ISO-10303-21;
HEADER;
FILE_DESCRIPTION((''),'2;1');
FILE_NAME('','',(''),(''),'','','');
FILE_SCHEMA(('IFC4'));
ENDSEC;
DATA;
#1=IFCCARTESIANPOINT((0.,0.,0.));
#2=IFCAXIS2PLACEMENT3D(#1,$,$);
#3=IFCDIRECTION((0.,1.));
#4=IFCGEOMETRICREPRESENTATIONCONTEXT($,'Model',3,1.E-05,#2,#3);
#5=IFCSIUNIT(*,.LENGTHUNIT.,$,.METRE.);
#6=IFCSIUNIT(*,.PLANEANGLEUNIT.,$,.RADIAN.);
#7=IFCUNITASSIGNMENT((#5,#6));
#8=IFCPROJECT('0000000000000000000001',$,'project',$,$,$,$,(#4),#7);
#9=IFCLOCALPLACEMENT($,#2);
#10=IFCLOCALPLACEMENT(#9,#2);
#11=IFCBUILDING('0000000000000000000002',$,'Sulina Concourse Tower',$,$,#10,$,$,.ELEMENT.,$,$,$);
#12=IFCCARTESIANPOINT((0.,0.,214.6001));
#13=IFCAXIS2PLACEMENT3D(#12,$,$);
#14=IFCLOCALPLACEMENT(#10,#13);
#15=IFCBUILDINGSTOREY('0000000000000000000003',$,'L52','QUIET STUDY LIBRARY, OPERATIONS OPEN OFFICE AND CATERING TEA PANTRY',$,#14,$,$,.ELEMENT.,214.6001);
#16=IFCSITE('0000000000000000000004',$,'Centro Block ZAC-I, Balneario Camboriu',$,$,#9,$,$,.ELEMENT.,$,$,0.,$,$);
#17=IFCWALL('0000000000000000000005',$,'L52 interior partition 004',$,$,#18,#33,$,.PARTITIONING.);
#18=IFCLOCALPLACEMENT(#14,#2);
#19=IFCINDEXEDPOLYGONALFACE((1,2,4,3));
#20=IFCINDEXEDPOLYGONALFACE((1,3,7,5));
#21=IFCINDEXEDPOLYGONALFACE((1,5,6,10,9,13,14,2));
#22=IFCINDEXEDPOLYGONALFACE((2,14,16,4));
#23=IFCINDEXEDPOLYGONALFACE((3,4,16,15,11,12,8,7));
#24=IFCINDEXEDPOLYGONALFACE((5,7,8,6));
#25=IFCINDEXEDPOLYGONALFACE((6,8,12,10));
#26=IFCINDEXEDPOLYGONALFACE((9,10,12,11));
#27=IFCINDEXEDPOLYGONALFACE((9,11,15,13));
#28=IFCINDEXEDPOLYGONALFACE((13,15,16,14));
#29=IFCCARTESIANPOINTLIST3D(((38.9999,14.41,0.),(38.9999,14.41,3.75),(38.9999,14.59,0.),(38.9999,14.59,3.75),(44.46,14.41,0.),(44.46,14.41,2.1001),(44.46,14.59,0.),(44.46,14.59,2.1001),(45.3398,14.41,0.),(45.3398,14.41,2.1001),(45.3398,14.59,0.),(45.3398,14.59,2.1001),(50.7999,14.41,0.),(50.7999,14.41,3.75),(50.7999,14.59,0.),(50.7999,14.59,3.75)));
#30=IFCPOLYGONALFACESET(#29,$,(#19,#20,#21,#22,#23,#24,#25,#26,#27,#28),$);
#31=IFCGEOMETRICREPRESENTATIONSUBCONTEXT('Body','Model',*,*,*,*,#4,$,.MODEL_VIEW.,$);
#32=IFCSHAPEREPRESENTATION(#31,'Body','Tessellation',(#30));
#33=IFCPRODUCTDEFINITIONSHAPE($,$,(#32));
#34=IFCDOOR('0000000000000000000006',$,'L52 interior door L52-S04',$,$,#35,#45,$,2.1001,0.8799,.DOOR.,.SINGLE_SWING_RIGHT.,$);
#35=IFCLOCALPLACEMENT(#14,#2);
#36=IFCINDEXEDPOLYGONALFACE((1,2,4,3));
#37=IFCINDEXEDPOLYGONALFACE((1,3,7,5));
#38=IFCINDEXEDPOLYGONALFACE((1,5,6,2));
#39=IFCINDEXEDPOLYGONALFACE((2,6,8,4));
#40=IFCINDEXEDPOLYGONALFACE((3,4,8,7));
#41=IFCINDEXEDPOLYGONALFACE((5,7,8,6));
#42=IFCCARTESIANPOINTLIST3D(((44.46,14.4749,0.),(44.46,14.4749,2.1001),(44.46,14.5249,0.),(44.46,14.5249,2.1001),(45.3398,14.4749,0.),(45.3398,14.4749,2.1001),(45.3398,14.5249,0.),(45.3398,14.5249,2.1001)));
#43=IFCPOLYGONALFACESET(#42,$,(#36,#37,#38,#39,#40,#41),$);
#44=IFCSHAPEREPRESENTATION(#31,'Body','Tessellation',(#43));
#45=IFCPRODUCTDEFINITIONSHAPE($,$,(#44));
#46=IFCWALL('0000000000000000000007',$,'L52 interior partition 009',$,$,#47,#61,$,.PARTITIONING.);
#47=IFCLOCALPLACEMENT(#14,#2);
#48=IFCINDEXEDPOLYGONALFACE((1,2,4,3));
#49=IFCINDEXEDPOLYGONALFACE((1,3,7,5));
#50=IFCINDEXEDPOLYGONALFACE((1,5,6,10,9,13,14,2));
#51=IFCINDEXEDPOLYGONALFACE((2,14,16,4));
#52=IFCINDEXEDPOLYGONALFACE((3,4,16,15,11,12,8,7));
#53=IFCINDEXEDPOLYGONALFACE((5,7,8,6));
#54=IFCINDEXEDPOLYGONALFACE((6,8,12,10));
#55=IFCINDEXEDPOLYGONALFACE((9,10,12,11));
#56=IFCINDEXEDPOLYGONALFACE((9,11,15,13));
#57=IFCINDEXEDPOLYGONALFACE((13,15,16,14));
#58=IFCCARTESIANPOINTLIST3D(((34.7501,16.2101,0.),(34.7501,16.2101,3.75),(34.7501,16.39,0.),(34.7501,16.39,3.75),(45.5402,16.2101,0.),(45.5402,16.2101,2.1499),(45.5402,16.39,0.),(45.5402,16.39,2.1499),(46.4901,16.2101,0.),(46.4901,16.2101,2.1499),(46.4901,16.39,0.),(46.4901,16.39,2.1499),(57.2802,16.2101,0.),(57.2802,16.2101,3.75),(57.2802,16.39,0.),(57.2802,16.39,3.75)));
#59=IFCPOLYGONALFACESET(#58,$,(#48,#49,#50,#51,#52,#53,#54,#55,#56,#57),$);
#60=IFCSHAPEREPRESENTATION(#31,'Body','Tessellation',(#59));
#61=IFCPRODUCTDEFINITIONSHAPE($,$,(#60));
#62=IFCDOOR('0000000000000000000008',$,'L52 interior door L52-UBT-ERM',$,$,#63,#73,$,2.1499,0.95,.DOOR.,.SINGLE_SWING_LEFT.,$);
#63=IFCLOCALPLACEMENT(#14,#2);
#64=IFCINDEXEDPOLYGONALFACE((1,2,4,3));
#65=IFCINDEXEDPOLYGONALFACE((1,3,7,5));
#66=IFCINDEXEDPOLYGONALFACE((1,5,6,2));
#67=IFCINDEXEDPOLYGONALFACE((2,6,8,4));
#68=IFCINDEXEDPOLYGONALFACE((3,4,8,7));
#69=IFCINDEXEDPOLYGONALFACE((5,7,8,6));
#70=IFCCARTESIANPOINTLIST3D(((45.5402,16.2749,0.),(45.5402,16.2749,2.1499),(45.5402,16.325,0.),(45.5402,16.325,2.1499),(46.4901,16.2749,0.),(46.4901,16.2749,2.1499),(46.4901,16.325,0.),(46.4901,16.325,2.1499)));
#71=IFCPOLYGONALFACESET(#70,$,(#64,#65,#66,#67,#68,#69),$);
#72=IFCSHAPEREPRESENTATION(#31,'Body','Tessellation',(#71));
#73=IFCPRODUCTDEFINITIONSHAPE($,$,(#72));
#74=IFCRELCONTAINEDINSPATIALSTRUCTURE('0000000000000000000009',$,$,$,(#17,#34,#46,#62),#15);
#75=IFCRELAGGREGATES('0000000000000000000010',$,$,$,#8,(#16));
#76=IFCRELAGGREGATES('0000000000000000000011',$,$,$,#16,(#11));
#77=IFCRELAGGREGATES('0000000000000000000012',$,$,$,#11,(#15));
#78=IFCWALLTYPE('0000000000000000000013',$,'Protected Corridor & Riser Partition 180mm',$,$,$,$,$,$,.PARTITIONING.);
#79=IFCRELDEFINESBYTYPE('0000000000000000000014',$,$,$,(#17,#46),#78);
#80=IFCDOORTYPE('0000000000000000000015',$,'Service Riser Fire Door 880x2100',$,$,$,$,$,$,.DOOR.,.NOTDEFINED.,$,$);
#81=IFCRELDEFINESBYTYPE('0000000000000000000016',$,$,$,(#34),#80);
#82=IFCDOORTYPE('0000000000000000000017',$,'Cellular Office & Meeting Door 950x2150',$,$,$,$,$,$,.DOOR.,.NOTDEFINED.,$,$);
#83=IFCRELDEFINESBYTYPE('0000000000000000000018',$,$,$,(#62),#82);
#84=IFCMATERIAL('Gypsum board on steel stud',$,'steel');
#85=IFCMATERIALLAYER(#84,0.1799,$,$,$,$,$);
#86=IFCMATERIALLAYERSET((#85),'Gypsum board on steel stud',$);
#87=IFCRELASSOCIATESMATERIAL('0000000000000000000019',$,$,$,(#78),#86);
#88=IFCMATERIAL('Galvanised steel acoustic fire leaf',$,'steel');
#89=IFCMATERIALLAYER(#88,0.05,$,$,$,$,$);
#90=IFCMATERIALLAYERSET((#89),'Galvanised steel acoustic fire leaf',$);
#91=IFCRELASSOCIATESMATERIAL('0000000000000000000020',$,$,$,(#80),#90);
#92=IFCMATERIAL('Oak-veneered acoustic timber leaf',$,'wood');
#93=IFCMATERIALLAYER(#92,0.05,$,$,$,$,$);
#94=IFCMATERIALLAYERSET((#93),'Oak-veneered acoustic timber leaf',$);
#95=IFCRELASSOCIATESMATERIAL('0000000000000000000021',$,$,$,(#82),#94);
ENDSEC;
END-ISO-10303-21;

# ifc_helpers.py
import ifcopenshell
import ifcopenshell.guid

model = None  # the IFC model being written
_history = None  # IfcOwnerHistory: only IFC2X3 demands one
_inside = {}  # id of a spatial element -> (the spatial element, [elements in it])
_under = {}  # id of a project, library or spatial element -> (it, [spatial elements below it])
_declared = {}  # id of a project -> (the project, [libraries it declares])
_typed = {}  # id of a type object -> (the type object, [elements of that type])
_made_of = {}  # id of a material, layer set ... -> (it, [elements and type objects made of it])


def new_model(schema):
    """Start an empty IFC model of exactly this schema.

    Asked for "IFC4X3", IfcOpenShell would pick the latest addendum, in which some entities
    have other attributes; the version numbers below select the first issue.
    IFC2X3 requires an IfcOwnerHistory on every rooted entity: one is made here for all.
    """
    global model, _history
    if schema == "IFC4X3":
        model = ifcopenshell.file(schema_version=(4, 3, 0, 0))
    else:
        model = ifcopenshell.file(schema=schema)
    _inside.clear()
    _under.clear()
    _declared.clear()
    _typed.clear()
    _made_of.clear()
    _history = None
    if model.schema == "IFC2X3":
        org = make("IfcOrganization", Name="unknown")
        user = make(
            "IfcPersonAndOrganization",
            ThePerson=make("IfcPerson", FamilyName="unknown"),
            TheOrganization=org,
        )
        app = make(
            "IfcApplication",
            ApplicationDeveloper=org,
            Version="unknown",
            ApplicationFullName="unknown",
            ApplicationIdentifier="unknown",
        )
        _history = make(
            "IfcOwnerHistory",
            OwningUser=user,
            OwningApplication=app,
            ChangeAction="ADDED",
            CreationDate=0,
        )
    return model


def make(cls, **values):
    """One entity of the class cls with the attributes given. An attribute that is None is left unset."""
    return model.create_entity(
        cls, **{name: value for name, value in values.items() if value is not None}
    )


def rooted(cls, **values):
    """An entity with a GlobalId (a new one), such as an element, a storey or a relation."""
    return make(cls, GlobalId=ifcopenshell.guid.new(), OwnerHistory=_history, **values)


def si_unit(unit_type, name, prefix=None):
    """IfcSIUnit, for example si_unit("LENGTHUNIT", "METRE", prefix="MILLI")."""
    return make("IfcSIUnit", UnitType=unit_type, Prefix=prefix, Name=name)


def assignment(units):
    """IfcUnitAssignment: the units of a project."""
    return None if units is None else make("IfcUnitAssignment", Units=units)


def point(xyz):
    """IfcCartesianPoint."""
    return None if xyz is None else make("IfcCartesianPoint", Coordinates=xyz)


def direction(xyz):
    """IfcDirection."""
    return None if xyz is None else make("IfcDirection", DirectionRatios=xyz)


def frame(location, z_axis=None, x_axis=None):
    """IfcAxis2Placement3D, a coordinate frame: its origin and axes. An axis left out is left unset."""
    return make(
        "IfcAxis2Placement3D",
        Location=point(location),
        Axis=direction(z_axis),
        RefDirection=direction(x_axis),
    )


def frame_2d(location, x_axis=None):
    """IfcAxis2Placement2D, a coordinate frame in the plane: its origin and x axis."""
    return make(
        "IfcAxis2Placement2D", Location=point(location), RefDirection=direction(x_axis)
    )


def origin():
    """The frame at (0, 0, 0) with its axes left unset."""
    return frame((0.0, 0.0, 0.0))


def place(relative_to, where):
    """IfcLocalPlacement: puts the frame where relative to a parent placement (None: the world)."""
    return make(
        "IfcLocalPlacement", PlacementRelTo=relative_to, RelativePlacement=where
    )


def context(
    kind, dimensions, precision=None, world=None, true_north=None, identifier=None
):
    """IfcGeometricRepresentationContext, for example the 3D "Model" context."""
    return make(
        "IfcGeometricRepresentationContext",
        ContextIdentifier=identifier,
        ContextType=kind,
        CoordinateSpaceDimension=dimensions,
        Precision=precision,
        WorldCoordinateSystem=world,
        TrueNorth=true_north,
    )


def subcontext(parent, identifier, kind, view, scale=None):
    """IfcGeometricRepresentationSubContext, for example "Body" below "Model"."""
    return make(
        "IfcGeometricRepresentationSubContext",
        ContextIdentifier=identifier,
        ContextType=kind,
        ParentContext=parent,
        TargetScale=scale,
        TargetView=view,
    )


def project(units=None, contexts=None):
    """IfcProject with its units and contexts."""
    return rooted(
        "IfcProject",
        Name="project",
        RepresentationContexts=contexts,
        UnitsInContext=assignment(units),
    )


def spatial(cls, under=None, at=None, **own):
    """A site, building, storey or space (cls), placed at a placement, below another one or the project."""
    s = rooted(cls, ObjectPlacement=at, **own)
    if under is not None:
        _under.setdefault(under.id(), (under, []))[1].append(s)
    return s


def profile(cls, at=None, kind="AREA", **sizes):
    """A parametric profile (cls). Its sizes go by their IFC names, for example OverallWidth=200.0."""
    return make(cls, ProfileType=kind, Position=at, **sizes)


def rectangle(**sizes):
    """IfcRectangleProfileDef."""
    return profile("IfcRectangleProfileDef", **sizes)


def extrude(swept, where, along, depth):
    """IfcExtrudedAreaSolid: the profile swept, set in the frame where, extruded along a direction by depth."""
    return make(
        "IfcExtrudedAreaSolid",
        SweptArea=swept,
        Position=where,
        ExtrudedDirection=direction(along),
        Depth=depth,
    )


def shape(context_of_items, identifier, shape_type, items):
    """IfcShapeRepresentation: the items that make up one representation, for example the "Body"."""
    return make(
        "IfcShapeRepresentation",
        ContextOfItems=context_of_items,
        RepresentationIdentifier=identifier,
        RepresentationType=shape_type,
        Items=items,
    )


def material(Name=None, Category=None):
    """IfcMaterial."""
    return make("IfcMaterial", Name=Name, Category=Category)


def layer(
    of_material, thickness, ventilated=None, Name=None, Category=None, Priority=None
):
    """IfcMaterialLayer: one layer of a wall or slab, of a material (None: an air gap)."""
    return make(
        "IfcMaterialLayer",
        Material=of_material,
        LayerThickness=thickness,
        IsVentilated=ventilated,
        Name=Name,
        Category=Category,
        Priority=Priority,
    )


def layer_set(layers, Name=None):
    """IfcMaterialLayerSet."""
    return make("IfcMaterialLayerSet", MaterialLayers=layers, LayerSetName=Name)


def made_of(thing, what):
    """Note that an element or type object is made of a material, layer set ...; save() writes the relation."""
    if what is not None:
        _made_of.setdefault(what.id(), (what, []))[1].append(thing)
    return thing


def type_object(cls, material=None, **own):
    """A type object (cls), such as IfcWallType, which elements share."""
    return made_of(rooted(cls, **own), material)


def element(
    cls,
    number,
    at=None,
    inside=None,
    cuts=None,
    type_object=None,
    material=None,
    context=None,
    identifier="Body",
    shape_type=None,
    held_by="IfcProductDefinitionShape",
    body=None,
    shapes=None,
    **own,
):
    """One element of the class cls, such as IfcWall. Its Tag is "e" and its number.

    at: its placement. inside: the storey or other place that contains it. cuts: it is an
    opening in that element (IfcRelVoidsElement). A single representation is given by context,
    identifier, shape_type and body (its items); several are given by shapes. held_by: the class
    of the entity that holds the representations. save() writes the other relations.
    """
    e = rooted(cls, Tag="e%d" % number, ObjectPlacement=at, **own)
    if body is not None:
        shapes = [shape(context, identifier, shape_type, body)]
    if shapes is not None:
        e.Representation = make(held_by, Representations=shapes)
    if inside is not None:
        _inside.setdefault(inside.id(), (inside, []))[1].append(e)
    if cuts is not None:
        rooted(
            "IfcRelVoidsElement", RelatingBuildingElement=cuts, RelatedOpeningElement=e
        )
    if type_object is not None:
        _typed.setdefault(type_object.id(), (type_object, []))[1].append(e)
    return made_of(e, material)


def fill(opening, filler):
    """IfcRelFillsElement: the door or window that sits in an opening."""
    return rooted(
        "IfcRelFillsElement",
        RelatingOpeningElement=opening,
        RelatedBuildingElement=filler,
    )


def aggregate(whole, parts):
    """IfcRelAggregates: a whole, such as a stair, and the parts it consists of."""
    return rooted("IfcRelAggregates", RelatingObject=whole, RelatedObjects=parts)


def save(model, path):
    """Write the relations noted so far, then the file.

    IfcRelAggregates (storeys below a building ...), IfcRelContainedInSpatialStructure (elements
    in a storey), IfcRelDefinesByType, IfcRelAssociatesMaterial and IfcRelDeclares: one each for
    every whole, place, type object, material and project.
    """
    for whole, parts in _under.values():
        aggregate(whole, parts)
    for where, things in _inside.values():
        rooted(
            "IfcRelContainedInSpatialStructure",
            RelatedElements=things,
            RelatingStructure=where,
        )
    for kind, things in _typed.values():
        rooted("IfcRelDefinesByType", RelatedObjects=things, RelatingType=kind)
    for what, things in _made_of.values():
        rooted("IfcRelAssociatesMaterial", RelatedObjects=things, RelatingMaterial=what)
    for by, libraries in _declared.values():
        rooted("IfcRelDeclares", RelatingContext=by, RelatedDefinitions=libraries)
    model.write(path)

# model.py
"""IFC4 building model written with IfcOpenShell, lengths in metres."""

from ifc_helpers import new_model, si_unit, direction, frame, frame_2d, origin, place, context, subcontext, project, spatial, rectangle, extrude, material, layer, layer_set, type_object, element, fill, save


model = new_model("IFC4")

# Units and contexts
model_context = context("Model", 3, precision=1e-05, world=origin(), true_north=direction((0.0, 1.0)))
body_context = subcontext(model_context, "Body", "Model", "MODEL_VIEW")
ifc_project = project(units=[si_unit("LENGTHUNIT", "METRE"), si_unit("PLANEANGLEUNIT", "RADIAN")], contexts=[model_context])

# Site, building, storey
site_placement = place(None, origin())
site = spatial("IfcSite", under=ifc_project, at=site_placement, Name="Centro Block ZAC-I, Balneario Camboriu", CompositionType="ELEMENT", RefElevation=0.0)
building_placement = place(site_placement, origin())
building = spatial("IfcBuilding", under=site, at=building_placement, Name="Sulina Concourse Tower", CompositionType="ELEMENT")
storey_placement = place(building_placement, frame((0.0, 0.0, 214.6001)))
storey = spatial("IfcBuildingStorey", under=building, at=storey_placement, Name="L52", Description="QUIET STUDY LIBRARY, OPERATIONS OPEN OFFICE AND CATERING TEA PANTRY", CompositionType="ELEMENT", Elevation=214.6001)

# Walls, openings, doors
ifc_material_1 = material(Name="Gypsum board on steel stud", Category="steel")
ifc_layer_1 = layer(ifc_material_1, 0.1799)
ifc_layer_set_1 = layer_set([ifc_layer_1], Name="Gypsum board on steel stud")
wall_type_1 = type_object("IfcWallType", Name="Protected Corridor & Riser Partition 180mm", PredefinedType="PARTITIONING", material=ifc_layer_set_1)
wall_1_placement = place(storey_placement, frame((39.0, 14.5, 0.0), z_axis=(0.0, 0.0, 1.0), x_axis=(1.0, 0.0, 0.0)))
wall_1 = element("IfcWall", 1, at=wall_1_placement, inside=storey, type_object=wall_type_1, Name="L52 interior partition 004", PredefinedType="PARTITIONING", context=body_context, shape_type="SweptSolid", body=[
    extrude(rectangle(XDim=11.8, YDim=0.1799, at=frame_2d((5.8999, 0.0))), origin(), (0.0, 0.0, 1.0), 3.75),
])
opening_1_placement = place(wall_1_placement, frame((5.46, 0.0, 0.0)))
opening_1 = element("IfcOpeningElement", 2, at=opening_1_placement, cuts=wall_1, PredefinedType="OPENING", context=body_context, shape_type="SweptSolid", body=[
    extrude(rectangle(XDim=0.8799, YDim=2.1001, at=frame_2d((0.4399, 1.05))), frame((0.0, 0.0999, 0.0), z_axis=(0.0, -1.0, 0.0), x_axis=(1.0, 0.0, 0.0)), (0.0, 0.0, 1.0), 0.2),
])
ifc_material_2 = material(Name="Galvanised steel acoustic fire leaf", Category="steel")
ifc_layer_2 = layer(ifc_material_2, 0.05)
ifc_layer_set_2 = layer_set([ifc_layer_2], Name="Galvanised steel acoustic fire leaf")
door_type_1 = type_object("IfcDoorType", Name="Service Riser Fire Door 880x2100", OperationType="NOTDEFINED", PredefinedType="DOOR", material=ifc_layer_set_2)
door_1_placement = place(opening_1_placement, origin())
door_1 = element("IfcDoor", 3, at=door_1_placement, inside=storey, type_object=door_type_1, Name="L52 interior door L52-S04", OperationType="SINGLE_SWING_RIGHT", OverallHeight=2.1001, OverallWidth=0.8799, PredefinedType="DOOR", context=body_context, shape_type="SweptSolid", body=[
    extrude(rectangle(XDim=0.8799, YDim=2.1001, at=frame_2d((0.4399, 1.05))), frame((0.0, 0.0249, 0.0), z_axis=(0.0, -1.0, 0.0), x_axis=(1.0, 0.0, 0.0)), (0.0, 0.0, 1.0), 0.05),
])
fill(opening_1, door_1)
wall_2_placement = place(storey_placement, frame((34.75, 16.3, 0.0), z_axis=(0.0, 0.0, 1.0), x_axis=(1.0, 0.0, 0.0)))
wall_2 = element("IfcWall", 4, at=wall_2_placement, inside=storey, type_object=wall_type_1, Name="L52 interior partition 009", PredefinedType="PARTITIONING", context=body_context, shape_type="SweptSolid", body=[
    extrude(rectangle(XDim=22.53, YDim=0.1799, at=frame_2d((11.2651, 0.0))), origin(), (0.0, 0.0, 1.0), 3.75),
])
opening_2_placement = place(wall_2_placement, frame((10.79, 0.0, 0.0)))
opening_2 = element("IfcOpeningElement", 5, at=opening_2_placement, cuts=wall_2, PredefinedType="OPENING", context=body_context, shape_type="SweptSolid", body=[
    extrude(rectangle(XDim=0.95, YDim=2.1499, at=frame_2d((0.4751, 1.075))), frame((0.0, 0.0999, 0.0), z_axis=(0.0, -1.0, 0.0), x_axis=(1.0, 0.0, 0.0)), (0.0, 0.0, 1.0), 0.2),
])
ifc_material_3 = material(Name="Oak-veneered acoustic timber leaf", Category="wood")
ifc_layer_3 = layer(ifc_material_3, 0.05)
ifc_layer_set_3 = layer_set([ifc_layer_3], Name="Oak-veneered acoustic timber leaf")
door_type_2 = type_object("IfcDoorType", Name="Cellular Office & Meeting Door 950x2150", OperationType="NOTDEFINED", PredefinedType="DOOR", material=ifc_layer_set_3)
door_2_placement = place(opening_2_placement, origin())
door_2 = element("IfcDoor", 6, at=door_2_placement, inside=storey, type_object=door_type_2, Name="L52 interior door L52-UBT-ERM", OperationType="SINGLE_SWING_LEFT", OverallHeight=2.1499, OverallWidth=0.95, PredefinedType="DOOR", context=body_context, shape_type="SweptSolid", body=[
    extrude(rectangle(XDim=0.95, YDim=2.1499, at=frame_2d((0.4751, 1.075))), frame((0.0, 0.0249, 0.0), z_axis=(0.0, -1.0, 0.0), x_axis=(1.0, 0.0, 0.0)), (0.0, 0.0, 1.0), 0.05),
])
fill(opening_2, door_2)

save(model, "model.ifc")
